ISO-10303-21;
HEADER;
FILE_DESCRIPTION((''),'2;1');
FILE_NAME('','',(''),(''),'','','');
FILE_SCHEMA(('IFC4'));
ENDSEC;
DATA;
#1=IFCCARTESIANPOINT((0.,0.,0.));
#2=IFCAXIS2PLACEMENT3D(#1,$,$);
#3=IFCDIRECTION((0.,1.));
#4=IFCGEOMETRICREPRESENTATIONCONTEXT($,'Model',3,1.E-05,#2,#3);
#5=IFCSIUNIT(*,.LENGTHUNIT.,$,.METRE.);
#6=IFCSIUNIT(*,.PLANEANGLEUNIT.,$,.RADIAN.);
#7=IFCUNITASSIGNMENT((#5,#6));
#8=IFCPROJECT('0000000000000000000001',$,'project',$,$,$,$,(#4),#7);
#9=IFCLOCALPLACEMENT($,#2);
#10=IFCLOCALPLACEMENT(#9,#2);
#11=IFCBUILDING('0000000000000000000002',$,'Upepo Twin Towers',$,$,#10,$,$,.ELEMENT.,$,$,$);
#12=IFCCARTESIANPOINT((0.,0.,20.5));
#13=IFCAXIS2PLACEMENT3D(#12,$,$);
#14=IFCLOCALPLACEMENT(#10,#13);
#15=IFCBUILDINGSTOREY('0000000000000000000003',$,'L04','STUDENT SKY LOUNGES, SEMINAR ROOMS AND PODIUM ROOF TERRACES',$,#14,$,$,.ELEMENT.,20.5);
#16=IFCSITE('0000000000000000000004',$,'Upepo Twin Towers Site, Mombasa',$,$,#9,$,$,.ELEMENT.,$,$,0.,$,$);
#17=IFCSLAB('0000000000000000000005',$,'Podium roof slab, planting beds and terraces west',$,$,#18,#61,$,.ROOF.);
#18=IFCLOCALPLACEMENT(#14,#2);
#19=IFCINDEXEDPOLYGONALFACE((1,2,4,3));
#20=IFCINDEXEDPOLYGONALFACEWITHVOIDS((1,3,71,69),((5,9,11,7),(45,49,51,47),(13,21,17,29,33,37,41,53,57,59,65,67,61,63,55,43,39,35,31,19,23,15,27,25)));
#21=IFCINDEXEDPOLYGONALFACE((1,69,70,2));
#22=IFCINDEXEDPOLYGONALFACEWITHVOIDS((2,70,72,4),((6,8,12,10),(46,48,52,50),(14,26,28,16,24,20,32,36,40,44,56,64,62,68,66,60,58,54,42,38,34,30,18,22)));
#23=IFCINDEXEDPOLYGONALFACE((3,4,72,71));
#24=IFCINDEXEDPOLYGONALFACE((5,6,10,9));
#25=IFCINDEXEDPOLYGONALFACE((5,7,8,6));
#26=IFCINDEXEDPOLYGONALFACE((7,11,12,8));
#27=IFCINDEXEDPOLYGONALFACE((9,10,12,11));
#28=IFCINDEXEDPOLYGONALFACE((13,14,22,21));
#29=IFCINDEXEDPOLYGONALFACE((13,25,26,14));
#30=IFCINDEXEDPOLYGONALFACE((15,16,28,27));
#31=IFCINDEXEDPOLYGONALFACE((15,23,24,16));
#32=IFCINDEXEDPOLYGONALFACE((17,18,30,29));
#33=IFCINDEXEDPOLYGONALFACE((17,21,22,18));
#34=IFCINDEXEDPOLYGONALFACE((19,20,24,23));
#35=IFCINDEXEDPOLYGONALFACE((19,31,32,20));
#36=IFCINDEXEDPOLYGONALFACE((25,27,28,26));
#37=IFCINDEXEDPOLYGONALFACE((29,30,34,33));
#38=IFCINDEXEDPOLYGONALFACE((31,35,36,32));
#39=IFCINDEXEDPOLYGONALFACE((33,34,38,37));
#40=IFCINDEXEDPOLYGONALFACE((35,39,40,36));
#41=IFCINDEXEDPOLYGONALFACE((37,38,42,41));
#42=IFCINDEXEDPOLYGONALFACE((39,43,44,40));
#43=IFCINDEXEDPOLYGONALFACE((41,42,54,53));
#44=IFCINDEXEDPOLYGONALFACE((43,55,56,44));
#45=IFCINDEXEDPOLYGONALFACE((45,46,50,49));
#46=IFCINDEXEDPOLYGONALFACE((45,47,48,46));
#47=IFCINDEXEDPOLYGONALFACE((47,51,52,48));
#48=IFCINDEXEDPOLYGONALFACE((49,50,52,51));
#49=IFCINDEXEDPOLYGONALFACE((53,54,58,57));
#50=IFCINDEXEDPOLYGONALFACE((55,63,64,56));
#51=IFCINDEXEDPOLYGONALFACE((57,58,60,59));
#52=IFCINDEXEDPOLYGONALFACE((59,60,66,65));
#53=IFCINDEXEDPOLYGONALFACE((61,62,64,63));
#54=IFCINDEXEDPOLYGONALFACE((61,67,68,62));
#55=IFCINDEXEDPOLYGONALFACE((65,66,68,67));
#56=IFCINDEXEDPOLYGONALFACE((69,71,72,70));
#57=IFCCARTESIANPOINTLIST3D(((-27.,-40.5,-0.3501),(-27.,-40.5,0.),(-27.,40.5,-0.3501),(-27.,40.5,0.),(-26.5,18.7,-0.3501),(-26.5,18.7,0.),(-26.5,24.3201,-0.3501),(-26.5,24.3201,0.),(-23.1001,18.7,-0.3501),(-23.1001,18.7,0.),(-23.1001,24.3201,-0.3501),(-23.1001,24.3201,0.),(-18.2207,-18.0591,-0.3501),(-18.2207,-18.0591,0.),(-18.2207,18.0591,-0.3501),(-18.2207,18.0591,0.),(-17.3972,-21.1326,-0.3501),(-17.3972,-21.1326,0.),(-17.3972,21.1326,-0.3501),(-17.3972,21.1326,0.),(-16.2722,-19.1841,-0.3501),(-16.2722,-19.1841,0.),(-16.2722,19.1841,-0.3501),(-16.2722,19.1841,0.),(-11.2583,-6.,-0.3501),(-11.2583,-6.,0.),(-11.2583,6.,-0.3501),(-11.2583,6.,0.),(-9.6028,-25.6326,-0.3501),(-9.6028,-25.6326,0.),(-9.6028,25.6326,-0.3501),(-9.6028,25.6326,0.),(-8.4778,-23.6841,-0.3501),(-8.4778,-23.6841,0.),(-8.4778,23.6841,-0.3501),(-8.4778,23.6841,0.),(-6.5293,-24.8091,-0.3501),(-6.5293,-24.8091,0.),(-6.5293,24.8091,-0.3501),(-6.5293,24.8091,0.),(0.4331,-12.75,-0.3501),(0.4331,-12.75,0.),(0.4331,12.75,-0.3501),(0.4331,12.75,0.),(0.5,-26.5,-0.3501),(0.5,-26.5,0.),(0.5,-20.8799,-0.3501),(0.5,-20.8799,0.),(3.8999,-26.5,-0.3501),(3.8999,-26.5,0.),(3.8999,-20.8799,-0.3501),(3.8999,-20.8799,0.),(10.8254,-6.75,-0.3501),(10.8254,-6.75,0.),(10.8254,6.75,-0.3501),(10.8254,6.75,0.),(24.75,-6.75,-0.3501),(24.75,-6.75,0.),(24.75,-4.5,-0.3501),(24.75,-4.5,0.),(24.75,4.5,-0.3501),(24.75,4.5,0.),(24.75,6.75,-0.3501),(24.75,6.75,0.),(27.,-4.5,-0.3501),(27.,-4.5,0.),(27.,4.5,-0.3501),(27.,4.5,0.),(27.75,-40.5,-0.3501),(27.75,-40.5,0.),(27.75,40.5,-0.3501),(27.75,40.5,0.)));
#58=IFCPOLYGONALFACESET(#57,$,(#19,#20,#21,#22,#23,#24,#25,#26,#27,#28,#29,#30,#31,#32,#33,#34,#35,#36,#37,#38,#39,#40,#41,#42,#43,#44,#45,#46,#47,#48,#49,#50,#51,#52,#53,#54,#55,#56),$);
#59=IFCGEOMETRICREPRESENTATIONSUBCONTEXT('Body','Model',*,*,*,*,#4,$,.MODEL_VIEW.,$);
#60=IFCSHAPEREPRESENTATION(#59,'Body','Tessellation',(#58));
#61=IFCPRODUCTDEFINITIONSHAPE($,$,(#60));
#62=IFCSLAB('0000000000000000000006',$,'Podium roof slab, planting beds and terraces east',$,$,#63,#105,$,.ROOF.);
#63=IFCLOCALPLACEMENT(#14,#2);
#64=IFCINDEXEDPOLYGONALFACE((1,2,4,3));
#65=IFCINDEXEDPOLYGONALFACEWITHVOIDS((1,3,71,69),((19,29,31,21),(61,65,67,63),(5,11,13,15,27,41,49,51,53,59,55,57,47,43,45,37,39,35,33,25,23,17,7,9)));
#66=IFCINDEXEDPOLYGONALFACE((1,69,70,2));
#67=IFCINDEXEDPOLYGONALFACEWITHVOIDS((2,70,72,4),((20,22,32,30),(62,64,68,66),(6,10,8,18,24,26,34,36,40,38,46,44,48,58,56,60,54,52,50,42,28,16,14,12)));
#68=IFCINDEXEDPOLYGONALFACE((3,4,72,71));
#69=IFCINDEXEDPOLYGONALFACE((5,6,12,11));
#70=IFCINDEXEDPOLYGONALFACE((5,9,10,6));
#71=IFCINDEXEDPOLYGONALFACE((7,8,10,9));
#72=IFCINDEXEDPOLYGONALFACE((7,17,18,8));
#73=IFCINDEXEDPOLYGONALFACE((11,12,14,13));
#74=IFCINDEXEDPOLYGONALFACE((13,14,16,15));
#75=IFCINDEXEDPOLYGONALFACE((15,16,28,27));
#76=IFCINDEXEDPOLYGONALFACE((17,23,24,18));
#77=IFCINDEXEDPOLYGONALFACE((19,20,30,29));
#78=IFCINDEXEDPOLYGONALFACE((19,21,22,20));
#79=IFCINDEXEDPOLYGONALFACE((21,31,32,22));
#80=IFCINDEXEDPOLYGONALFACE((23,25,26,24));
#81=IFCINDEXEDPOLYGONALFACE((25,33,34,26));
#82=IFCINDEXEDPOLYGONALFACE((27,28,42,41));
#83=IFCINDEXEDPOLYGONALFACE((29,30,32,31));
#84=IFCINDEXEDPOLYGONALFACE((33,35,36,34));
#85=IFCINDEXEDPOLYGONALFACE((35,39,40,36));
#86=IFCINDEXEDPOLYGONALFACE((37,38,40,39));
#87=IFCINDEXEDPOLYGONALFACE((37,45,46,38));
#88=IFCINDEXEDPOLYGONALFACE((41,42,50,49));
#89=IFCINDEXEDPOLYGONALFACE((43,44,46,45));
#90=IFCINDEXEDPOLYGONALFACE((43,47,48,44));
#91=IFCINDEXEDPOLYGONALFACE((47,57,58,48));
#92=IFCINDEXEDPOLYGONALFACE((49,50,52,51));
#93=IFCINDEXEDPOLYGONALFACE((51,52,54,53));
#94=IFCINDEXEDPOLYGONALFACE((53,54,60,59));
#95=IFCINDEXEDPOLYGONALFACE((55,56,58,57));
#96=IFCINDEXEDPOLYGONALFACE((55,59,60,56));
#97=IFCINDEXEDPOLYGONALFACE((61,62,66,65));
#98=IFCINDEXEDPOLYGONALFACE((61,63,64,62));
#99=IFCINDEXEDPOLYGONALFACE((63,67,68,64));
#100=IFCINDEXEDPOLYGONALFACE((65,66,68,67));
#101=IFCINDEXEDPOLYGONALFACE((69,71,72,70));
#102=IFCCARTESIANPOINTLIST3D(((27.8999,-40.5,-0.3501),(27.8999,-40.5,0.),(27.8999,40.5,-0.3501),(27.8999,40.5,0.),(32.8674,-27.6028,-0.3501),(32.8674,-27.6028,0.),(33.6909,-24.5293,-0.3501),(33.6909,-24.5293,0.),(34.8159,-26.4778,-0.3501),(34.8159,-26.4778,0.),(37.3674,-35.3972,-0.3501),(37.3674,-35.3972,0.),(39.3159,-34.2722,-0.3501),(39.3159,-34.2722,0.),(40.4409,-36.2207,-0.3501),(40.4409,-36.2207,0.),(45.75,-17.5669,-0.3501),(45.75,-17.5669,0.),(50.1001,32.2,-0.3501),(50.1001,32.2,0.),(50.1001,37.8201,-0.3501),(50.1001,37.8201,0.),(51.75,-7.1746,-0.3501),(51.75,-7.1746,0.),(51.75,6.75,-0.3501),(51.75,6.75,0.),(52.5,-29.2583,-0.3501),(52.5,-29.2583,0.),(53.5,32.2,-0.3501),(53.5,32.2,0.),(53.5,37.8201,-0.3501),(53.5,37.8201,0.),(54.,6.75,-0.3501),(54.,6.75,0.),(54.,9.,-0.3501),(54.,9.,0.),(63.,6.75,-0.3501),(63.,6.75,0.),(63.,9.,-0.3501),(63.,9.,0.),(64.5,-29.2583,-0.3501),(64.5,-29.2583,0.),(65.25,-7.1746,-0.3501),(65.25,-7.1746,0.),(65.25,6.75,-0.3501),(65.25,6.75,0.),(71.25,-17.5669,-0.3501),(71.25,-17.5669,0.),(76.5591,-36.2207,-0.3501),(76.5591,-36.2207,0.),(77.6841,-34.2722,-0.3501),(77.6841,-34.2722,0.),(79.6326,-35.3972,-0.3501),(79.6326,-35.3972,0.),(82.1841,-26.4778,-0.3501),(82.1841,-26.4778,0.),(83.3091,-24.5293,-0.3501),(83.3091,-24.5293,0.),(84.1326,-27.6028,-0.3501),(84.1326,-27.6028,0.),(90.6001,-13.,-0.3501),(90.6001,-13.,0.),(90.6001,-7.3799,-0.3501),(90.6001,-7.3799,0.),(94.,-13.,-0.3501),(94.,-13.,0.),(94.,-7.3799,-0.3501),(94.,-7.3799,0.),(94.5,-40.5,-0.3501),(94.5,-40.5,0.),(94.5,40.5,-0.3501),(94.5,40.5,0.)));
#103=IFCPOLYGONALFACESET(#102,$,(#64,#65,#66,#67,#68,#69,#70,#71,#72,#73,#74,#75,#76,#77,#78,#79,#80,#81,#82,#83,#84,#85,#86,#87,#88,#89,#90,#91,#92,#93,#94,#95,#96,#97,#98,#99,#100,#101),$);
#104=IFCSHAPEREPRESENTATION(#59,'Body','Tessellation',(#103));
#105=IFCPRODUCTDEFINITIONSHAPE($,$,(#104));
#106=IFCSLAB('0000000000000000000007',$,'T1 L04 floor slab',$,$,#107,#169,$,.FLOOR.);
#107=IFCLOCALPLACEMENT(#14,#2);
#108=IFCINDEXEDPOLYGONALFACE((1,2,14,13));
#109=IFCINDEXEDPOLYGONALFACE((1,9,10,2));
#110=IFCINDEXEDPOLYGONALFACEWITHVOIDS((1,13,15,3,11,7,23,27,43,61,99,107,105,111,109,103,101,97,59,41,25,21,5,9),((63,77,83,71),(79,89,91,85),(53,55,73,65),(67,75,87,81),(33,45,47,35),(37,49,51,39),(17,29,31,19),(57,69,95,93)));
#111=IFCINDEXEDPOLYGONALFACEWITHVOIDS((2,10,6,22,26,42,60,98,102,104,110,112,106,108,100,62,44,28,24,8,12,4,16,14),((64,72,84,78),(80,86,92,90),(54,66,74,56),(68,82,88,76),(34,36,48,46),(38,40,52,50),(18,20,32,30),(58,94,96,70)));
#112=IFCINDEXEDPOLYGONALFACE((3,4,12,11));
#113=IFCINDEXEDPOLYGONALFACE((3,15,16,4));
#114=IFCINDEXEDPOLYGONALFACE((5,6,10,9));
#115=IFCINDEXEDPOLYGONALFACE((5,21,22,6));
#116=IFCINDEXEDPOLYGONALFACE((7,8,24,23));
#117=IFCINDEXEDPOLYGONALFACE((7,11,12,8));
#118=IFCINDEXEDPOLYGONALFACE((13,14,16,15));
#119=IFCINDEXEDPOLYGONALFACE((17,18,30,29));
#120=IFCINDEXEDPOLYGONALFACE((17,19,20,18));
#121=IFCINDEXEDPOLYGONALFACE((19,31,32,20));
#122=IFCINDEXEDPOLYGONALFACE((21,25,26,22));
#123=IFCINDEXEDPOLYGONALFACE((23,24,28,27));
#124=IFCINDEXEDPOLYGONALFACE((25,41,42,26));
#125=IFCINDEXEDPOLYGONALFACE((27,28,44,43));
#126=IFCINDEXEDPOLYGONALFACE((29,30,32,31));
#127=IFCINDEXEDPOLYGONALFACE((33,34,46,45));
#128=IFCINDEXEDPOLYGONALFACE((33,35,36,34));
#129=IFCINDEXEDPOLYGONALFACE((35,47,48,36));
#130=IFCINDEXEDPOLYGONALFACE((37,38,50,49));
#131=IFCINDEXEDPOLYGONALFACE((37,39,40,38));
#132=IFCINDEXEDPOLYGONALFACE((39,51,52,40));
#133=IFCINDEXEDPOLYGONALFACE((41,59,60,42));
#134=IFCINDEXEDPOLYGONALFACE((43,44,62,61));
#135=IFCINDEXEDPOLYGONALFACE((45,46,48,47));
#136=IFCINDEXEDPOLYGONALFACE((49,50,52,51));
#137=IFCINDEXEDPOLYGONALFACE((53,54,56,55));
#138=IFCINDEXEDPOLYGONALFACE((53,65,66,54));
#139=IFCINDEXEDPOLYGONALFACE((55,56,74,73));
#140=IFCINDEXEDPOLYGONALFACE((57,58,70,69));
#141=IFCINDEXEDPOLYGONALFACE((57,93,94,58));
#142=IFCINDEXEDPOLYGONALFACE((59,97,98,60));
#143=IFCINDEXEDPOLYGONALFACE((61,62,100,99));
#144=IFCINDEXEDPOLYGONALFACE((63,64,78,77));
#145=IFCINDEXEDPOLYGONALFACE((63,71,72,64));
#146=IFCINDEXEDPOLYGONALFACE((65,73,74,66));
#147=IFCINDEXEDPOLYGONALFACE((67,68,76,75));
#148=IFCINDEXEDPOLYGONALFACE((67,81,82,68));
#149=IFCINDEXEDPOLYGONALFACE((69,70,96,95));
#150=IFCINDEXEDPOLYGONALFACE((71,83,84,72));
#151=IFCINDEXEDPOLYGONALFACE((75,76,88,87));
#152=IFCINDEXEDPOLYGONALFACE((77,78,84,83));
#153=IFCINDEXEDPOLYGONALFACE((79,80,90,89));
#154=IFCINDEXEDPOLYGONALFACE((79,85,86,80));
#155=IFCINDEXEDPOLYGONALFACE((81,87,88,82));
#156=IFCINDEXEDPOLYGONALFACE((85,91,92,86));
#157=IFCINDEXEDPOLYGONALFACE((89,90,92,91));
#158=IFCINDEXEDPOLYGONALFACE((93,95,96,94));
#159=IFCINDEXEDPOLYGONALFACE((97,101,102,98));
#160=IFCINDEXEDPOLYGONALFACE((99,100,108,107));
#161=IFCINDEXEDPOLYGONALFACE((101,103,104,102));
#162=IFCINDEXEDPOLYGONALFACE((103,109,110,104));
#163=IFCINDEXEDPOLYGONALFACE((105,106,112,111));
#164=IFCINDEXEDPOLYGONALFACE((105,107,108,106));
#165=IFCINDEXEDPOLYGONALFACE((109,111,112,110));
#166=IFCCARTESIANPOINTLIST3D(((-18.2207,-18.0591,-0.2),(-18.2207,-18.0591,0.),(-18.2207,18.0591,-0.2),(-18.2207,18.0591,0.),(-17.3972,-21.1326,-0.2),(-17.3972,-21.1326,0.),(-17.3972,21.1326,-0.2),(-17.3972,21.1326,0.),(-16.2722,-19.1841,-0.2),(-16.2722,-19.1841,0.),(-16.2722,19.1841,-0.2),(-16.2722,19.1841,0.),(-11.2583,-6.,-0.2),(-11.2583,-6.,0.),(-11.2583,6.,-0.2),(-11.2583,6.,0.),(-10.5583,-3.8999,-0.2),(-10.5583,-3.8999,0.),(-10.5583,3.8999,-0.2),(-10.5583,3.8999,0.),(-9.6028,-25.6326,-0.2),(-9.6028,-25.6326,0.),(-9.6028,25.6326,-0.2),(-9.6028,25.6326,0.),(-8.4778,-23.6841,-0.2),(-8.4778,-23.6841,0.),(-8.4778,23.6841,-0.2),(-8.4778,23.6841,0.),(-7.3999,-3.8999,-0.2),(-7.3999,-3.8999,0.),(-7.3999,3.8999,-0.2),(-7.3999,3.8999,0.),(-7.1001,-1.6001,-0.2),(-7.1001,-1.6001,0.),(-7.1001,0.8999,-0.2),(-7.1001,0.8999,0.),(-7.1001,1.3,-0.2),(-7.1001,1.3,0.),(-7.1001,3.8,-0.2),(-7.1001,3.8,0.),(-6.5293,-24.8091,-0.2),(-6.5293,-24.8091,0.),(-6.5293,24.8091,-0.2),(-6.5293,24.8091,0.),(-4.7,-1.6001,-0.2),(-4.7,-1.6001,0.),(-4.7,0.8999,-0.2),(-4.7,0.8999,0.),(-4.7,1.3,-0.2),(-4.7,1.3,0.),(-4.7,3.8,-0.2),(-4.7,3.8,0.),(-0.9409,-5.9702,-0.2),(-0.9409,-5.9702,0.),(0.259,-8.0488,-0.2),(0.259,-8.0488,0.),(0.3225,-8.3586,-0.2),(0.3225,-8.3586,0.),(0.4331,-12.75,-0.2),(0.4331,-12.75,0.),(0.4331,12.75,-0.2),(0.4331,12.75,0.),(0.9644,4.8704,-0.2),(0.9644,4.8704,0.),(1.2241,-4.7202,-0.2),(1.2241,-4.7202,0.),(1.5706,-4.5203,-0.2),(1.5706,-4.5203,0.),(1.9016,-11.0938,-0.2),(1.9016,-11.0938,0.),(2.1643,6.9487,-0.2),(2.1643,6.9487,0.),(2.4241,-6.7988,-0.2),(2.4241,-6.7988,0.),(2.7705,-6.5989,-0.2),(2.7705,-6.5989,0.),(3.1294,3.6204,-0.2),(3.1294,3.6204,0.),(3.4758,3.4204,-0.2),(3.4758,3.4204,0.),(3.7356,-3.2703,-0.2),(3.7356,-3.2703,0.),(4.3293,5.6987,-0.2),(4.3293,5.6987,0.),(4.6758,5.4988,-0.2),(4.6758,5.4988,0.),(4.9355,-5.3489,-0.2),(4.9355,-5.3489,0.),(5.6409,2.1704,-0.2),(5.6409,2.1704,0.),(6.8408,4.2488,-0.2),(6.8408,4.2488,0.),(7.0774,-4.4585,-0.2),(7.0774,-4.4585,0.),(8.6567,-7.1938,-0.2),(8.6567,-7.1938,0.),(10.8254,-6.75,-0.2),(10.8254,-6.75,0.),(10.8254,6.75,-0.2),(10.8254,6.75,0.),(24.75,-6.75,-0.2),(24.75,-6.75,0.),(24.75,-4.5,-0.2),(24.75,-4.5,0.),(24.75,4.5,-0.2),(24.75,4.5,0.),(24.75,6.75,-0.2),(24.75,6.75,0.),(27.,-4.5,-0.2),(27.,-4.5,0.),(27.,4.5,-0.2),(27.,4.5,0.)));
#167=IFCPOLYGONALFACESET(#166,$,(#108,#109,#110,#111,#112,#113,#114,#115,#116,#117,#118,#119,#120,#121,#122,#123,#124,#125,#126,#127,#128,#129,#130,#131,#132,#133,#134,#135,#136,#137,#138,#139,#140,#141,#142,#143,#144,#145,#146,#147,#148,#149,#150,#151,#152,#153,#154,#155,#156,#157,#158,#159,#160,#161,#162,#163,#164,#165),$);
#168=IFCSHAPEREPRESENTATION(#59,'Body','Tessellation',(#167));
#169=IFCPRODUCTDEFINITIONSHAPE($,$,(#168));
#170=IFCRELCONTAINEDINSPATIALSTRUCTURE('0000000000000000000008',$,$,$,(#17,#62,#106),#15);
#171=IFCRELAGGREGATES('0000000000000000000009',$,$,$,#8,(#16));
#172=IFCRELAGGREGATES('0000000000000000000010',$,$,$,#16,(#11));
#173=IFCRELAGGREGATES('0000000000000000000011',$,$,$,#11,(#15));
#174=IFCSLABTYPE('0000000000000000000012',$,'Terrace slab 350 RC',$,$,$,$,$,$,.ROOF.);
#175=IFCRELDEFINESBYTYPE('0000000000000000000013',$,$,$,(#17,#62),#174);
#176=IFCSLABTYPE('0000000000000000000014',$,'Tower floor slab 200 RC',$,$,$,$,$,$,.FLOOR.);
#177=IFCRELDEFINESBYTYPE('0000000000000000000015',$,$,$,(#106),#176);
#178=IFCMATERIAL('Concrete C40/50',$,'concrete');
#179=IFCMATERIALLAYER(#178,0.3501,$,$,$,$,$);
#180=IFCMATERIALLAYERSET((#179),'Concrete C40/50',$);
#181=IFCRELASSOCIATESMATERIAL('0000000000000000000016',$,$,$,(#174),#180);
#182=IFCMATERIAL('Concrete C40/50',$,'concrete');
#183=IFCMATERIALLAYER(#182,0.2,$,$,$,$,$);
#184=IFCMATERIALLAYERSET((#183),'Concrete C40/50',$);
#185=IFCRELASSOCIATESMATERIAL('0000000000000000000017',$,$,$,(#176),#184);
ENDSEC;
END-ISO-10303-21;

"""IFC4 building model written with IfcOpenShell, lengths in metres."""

from ifc_helpers import new_model, si_unit, direction, frame, origin, place, context, subcontext, project, spatial, polyline, outline, extrude, material, layer, layer_set, type_object, element, save


model = new_model("IFC4")

# Units and contexts
model_context = context("Model", 3, precision=1e-05, world=origin(), true_north=direction((0.0, 1.0)))
body_context = subcontext(model_context, "Body", "Model", "MODEL_VIEW")
ifc_project = project(units=[si_unit("LENGTHUNIT", "METRE"), si_unit("PLANEANGLEUNIT", "RADIAN")], contexts=[model_context])

# Site, building, storey
site_placement = place(None, origin())
site = spatial("IfcSite", under=ifc_project, at=site_placement, Name="Upepo Twin Towers Site, Mombasa", CompositionType="ELEMENT", RefElevation=0.0)
building_placement = place(site_placement, origin())
building = spatial("IfcBuilding", under=site, at=building_placement, Name="Upepo Twin Towers", CompositionType="ELEMENT")
storey_placement = place(building_placement, frame((0.0, 0.0, 20.5)))
storey = spatial("IfcBuildingStorey", under=building, at=storey_placement, Name="L04", Description="STUDENT SKY LOUNGES, SEMINAR ROOMS AND PODIUM ROOF TERRACES", CompositionType="ELEMENT", Elevation=20.5)

# Slabs
ifc_material_1 = material(Name="Concrete C40/50", Category="concrete")
ifc_layer_1 = layer(ifc_material_1, 0.3501)
ifc_layer_set_1 = layer_set([ifc_layer_1], Name="Concrete C40/50")
slab_type_1 = type_object("IfcSlabType", Name="Terrace slab 350 RC", PredefinedType="ROOF", material=ifc_layer_set_1)
slab_1_placement = place(storey_placement, frame((0.0, 0.0, -0.3501)))
element("IfcSlab", 1, at=slab_1_placement, inside=storey, type_object=slab_type_1, Name="Podium roof slab, planting beds and terraces west", PredefinedType="ROOF", context=body_context, shape_type="SweptSolid", body=[
    extrude(outline(polyline([(27.75, 40.5), (27.75, -40.5), (-27.0, -40.5), (-27.0, 40.5), (27.75, 40.5)]), holes=[polyline([(-8.4778, -23.6841), (-9.6028, -25.6326), (-17.3972, -21.1326), (-16.2722, -19.1841), (-18.2207, -18.0591), (-11.2583, -6.0), (-11.2583, 6.0), (-18.2207, 18.0591), (-16.2722, 19.1841), (-17.3972, 21.1326), (-9.6028, 25.6326), (-8.4778, 23.6841), (-6.5293, 24.8091), (0.4331, 12.75), (10.8254, 6.75), (24.75, 6.75), (24.75, 4.5), (27.0, 4.5), (27.0, -4.5), (24.75, -4.5), (24.75, -6.75), (10.8254, -6.75), (0.4331, -12.75), (-6.5293, -24.8091), (-8.4778, -23.6841)]), polyline([(-23.1001, 18.7), (-23.1001, 24.3201), (-26.5, 24.3201), (-26.5, 18.7), (-23.1001, 18.7)]), polyline([(3.8999, -26.5), (3.8999, -20.8799), (0.5, -20.8799), (0.5, -26.5), (3.8999, -26.5)])]), origin(), (0.0, 0.0, 1.0), 0.3501),
])
slab_2_placement = place(storey_placement, frame((0.0, 0.0, -0.3501)))
element("IfcSlab", 2, at=slab_2_placement, inside=storey, type_object=slab_type_1, Name="Podium roof slab, planting beds and terraces east", PredefinedType="ROOF", context=body_context, shape_type="SweptSolid", body=[
    extrude(outline(polyline([(94.5, -40.5), (27.8999, -40.5), (27.8999, 40.5), (94.5, 40.5), (94.5, -40.5)]), holes=[polyline([(82.1841, -26.4778), (84.1326, -27.6028), (79.6326, -35.3972), (77.6841, -34.2722), (76.5591, -36.2207), (64.5, -29.2583), (52.5, -29.2583), (40.4409, -36.2207), (39.3159, -34.2722), (37.3674, -35.3972), (32.8674, -27.6028), (34.8159, -26.4778), (33.6909, -24.5293), (45.75, -17.5669), (51.75, -7.1746), (51.75, 6.75), (54.0, 6.75), (54.0, 9.0), (63.0, 9.0), (63.0, 6.75), (65.25, 6.75), (65.25, -7.1746), (71.25, -17.5669), (83.3091, -24.5293), (82.1841, -26.4778)]), polyline([(94.0, -13.0), (94.0, -7.3799), (90.6001, -7.3799), (90.6001, -13.0), (94.0, -13.0)]), polyline([(53.5, 32.2), (53.5, 37.8201), (50.1001, 37.8201), (50.1001, 32.2), (53.5, 32.2)])]), origin(), (0.0, 0.0, 1.0), 0.3501),
])
ifc_material_2 = material(Name="Concrete C40/50", Category="concrete")
ifc_layer_2 = layer(ifc_material_2, 0.2)
ifc_layer_set_2 = layer_set([ifc_layer_2], Name="Concrete C40/50")
slab_type_2 = type_object("IfcSlabType", Name="Tower floor slab 200 RC", PredefinedType="FLOOR", material=ifc_layer_set_2)
slab_3_placement = place(storey_placement, frame((0.0, 0.0, -0.2)))
element("IfcSlab", 3, at=slab_3_placement, inside=storey, type_object=slab_type_2, Name="T1 L04 floor slab", PredefinedType="FLOOR", context=body_context, shape_type="SweptSolid", body=[
    extrude(outline(polyline([(-8.4778, -23.6841), (-9.6028, -25.6326), (-17.3972, -21.1326), (-16.2722, -19.1841), (-18.2207, -18.0591), (-11.2583, -6.0), (-11.2583, 6.0), (-18.2207, 18.0591), (-16.2722, 19.1841), (-17.3972, 21.1326), (-9.6028, 25.6326), (-8.4778, 23.6841), (-6.5293, 24.8091), (0.4331, 12.75), (10.8254, 6.75), (24.75, 6.75), (24.75, 4.5), (27.0, 4.5), (27.0, -4.5), (24.75, -4.5), (24.75, -6.75), (10.8254, -6.75), (0.4331, -12.75), (-6.5293, -24.8091), (-8.4778, -23.6841)]), holes=[polyline([(5.6409, 2.1704), (6.8408, 4.2488), (4.6758, 5.4988), (3.4758, 3.4204), (5.6409, 2.1704)]), polyline([(3.1294, 3.6204), (4.3293, 5.6987), (2.1643, 6.9487), (0.9644, 4.8704), (3.1294, 3.6204)]), polyline([(-4.7, 3.8), (-7.1001, 3.8), (-7.1001, 1.3), (-4.7, 1.3), (-4.7, 3.8)]), polyline([(-4.7, 0.8999), (-7.1001, 0.8999), (-7.1001, -1.6001), (-4.7, -1.6001), (-4.7, 0.8999)]), polyline([(-7.3999, 3.8999), (-10.5583, 3.8999), (-10.5583, -3.8999), (-7.3999, -3.8999), (-7.3999, 3.8999)]), polyline([(-0.9409, -5.9702), (0.259, -8.0488), (2.4241, -6.7988), (1.2241, -4.7202), (-0.9409, -5.9702)]), polyline([(1.5706, -4.5203), (2.7705, -6.5989), (4.9355, -5.3489), (3.7356, -3.2703), (1.5706, -4.5203)]), polyline([(0.3225, -8.3586), (1.9016, -11.0938), (8.6567, -7.1938), (7.0774, -4.4585), (0.3225, -8.3586)])]), origin(), (0.0, 0.0, 1.0), 0.2),
])

save(model, "model.ifc")
